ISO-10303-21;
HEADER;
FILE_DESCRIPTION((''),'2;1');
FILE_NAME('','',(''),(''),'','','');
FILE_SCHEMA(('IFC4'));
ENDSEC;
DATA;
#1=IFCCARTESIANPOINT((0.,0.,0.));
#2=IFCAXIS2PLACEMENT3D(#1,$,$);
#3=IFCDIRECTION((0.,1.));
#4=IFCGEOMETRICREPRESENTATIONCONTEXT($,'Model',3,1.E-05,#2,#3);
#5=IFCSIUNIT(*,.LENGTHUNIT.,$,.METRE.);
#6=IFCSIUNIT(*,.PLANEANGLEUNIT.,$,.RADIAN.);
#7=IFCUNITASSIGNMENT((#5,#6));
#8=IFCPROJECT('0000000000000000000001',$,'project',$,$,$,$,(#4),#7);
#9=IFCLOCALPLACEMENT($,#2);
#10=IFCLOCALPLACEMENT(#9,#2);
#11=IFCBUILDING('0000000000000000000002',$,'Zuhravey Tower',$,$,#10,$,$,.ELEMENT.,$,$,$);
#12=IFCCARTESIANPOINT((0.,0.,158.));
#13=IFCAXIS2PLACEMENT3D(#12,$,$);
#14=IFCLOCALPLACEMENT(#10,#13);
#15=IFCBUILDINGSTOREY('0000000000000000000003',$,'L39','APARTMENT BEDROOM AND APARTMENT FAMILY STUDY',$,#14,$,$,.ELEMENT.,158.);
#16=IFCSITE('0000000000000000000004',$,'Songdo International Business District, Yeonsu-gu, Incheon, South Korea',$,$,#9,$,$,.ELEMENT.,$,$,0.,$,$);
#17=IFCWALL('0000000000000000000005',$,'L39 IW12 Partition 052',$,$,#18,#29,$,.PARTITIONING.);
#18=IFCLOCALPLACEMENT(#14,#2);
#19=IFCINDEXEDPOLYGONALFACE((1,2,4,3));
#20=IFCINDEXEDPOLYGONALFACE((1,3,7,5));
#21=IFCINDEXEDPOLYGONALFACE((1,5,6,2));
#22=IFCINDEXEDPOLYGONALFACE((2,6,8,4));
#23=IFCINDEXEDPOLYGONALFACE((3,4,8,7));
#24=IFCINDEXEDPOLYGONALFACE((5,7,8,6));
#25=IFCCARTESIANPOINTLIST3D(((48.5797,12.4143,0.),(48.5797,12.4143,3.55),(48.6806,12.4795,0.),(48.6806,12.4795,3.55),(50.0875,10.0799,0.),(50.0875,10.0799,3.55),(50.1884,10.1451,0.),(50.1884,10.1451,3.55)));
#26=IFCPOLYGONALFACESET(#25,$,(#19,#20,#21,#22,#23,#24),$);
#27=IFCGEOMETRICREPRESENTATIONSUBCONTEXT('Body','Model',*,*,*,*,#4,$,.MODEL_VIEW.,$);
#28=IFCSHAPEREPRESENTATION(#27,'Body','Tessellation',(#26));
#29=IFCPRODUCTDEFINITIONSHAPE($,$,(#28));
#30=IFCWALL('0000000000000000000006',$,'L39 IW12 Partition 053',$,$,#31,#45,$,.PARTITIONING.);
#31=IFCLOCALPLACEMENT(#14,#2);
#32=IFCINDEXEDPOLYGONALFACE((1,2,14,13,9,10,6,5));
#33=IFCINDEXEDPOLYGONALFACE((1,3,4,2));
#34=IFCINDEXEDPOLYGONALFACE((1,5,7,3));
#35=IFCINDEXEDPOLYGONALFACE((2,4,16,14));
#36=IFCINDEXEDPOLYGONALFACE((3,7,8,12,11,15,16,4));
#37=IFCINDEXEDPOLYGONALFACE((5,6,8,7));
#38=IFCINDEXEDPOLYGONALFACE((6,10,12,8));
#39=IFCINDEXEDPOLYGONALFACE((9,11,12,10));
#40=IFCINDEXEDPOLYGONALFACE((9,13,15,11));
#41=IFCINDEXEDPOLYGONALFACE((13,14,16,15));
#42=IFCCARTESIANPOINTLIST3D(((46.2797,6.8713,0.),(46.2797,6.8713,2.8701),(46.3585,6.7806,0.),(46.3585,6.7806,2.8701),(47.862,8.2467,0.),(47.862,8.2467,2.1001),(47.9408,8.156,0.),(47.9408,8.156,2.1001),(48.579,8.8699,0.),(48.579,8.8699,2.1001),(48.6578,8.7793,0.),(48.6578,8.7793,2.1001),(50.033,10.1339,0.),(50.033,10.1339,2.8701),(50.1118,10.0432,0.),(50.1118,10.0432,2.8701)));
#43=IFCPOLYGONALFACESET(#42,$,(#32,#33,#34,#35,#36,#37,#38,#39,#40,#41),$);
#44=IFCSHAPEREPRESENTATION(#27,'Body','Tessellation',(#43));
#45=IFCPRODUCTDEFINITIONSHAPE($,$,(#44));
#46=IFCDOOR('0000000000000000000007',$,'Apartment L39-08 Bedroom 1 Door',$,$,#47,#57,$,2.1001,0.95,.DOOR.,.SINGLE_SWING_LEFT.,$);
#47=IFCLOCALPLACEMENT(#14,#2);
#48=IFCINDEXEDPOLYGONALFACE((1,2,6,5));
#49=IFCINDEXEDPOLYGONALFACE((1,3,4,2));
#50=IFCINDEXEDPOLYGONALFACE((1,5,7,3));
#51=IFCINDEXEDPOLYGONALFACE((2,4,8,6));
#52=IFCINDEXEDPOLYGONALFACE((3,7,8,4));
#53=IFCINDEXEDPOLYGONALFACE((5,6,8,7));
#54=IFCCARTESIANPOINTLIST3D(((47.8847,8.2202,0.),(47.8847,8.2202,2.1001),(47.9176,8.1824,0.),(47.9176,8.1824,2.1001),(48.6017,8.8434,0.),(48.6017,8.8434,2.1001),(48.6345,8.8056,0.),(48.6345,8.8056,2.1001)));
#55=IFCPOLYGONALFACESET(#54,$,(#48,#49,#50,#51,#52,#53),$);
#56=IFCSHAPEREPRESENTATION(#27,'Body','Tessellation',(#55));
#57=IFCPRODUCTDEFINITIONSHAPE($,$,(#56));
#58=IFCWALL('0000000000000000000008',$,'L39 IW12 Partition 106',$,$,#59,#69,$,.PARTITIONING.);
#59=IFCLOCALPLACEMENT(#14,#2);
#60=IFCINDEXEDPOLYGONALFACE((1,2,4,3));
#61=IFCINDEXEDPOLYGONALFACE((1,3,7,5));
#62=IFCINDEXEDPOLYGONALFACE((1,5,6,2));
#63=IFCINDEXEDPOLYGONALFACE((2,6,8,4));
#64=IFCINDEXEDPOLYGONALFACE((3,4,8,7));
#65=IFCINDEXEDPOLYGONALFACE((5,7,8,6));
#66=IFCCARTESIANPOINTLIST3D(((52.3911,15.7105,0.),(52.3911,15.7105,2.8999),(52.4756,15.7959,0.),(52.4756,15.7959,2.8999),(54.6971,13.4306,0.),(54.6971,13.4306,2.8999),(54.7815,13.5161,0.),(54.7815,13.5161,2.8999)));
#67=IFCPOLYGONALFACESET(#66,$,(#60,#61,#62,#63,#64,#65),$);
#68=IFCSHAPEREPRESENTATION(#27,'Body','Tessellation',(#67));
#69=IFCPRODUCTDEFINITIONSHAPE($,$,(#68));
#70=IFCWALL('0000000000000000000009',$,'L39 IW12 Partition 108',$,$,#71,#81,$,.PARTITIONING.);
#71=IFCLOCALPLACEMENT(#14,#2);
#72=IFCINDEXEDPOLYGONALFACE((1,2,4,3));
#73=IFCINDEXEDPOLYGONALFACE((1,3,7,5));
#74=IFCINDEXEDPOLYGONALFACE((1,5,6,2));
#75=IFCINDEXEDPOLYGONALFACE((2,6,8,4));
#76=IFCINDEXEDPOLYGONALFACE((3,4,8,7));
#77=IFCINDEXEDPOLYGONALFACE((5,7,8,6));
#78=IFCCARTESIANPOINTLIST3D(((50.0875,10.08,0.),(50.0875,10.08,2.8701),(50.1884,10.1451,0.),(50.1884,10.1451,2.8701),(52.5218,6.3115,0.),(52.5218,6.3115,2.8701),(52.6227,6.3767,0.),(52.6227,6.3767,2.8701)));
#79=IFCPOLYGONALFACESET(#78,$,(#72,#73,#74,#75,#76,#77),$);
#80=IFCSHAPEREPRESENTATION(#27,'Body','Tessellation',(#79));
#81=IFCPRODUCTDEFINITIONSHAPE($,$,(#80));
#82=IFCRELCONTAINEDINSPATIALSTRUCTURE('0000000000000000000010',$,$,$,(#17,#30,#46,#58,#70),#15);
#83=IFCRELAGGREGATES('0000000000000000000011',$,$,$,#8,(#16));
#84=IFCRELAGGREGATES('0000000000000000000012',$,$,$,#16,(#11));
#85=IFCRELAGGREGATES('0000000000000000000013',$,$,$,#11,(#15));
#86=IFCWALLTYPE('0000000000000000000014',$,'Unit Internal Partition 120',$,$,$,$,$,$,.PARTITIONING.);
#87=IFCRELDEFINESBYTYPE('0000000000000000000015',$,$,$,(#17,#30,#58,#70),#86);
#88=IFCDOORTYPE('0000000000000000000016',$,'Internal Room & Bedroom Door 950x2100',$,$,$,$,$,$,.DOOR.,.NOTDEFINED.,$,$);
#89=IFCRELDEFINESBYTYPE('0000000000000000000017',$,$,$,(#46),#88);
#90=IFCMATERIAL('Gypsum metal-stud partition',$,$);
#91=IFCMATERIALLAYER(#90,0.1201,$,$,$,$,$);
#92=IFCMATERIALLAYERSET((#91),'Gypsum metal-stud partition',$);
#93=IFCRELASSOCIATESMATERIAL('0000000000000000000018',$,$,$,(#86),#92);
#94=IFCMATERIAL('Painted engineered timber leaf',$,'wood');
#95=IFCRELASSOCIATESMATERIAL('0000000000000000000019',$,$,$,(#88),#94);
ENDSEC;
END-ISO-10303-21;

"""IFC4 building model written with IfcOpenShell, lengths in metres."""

from ifc_helpers import new_model, si_unit, direction, frame, frame_2d, origin, place, context, subcontext, project, spatial, rectangle, extrude, material, layer, layer_set, type_object, element, fill, save


model = new_model("IFC4")

# Units and contexts
model_context = context("Model", 3, precision=1e-05, world=origin(), true_north=direction((0.0, 1.0)))
body_context = subcontext(model_context, "Body", "Model", "MODEL_VIEW")
ifc_project = project(units=[si_unit("LENGTHUNIT", "METRE"), si_unit("PLANEANGLEUNIT", "RADIAN")], contexts=[model_context])

# Site, building, storey
site_placement = place(None, origin())
site = spatial("IfcSite", under=ifc_project, at=site_placement, Name="Songdo International Business District, Yeonsu-gu, Incheon, South Korea", CompositionType="ELEMENT", RefElevation=0.0)
building_placement = place(site_placement, origin())
building = spatial("IfcBuilding", under=site, at=building_placement, Name="Zuhravey Tower", CompositionType="ELEMENT")
storey_placement = place(building_placement, frame((0.0, 0.0, 158.0)))
storey = spatial("IfcBuildingStorey", under=building, at=storey_placement, Name="L39", Description="APARTMENT BEDROOM AND APARTMENT FAMILY STUDY", CompositionType="ELEMENT", Elevation=158.0)

# Shared definitions
ifc_material_1 = material(Name="Gypsum metal-stud partition")
ifc_layer_1 = layer(ifc_material_1, 0.1201)
ifc_layer_set_1 = layer_set([ifc_layer_1], Name="Gypsum metal-stud partition")
wall_type_1 = type_object("IfcWallType", Name="Unit Internal Partition 120", PredefinedType="PARTITIONING", material=ifc_layer_set_1)
ifc_material_2 = material(Name="Painted engineered timber leaf", Category="wood")
door_type = type_object("IfcDoorType", Name="Internal Room & Bedroom Door 950x2100", OperationType="NOTDEFINED", PredefinedType="DOOR", material=ifc_material_2)

# Wall
wall_1_placement = place(storey_placement, frame((48.6301, 12.447, 0.0), z_axis=(0.0, 0.0, 1.0), x_axis=(0.542559, -0.840018, 0.0)))
element("IfcWall", 1, at=wall_1_placement, inside=storey, type_object=wall_type_1, Name="L39 IW12 Partition 052", PredefinedType="PARTITIONING", context=body_context, shape_type="SweptSolid", body=[
    extrude(rectangle(XDim=2.7791, YDim=0.1201, at=frame_2d((1.3896, 0.0))), origin(), (0.0, 0.0, 1.0), 3.55),
])

# Wall, opening, door
wall_2_placement = place(storey_placement, frame((46.3191, 6.8259, 0.0), z_axis=(0.0, 0.0, 1.0), x_axis=(0.75472, 0.656047, 0.0)))
wall_2 = element("IfcWall", 2, at=wall_2_placement, inside=storey, type_object=wall_type_1, Name="L39 IW12 Partition 053", PredefinedType="PARTITIONING", context=body_context, shape_type="SweptSolid", body=[
    extrude(rectangle(XDim=4.9731, YDim=0.1201, at=frame_2d((2.4866, 0.0))), origin(), (0.0, 0.0, 1.0), 2.8701),
])
opening_1_placement = place(wall_2_placement, frame((2.0964, 0.0, 0.0)))
opening_1 = element("IfcOpeningElement", 3, at=opening_1_placement, cuts=wall_2, PredefinedType="OPENING", context=body_context, shape_type="SweptSolid", body=[
    extrude(rectangle(XDim=0.95, YDim=2.1001, at=frame_2d((0.4751, 1.05))), frame((0.0, 0.072, 0.0), z_axis=(0.0, -1.0, 0.0), x_axis=(1.0, 0.0, 0.0)), (0.0, 0.0, 1.0), 0.144),
])
door_1_placement = place(opening_1_placement, frame((0.95, 0.0, 0.0), z_axis=(0.0, 0.0, 1.0), x_axis=(-1.0, 0.0, 0.0)))
door_1 = element("IfcDoor", 4, at=door_1_placement, inside=storey, type_object=door_type, Name="Apartment L39-08 Bedroom 1 Door", OperationType="SINGLE_SWING_LEFT", OverallHeight=2.1001, OverallWidth=0.95, PredefinedType="DOOR", context=body_context, shape_type="SweptSolid", body=[
    extrude(rectangle(XDim=0.95, YDim=2.1001, at=frame_2d((0.4751, 1.05))), frame((0.0, 0.0249, 0.0), z_axis=(0.0, -1.0, 0.0), x_axis=(1.0, 0.0, 0.0)), (0.0, 0.0, 1.0), 0.05),
])
fill(opening_1, door_1)

# Walls
wall_3_placement = place(storey_placement, frame((52.4333, 15.7532, 0.0), z_axis=(0.0, 0.0, 1.0), x_axis=(0.711123, -0.703067, 0.0)))
element("IfcWall", 5, at=wall_3_placement, inside=storey, type_object=wall_type_1, Name="L39 IW12 Partition 106", PredefinedType="PARTITIONING", context=body_context, shape_type="SweptSolid", body=[
    extrude(rectangle(XDim=3.2427, YDim=0.1201, at=frame_2d((1.6213, 0.0))), origin(), (0.0, 0.0, 1.0), 2.8999),
])
wall_4_placement = place(storey_placement, frame((50.1379, 10.1125, 0.0), z_axis=(0.0, 0.0, 1.0), x_axis=(0.542599, -0.839992, 0.0)))
element("IfcWall", 6, at=wall_4_placement, inside=storey, type_object=wall_type_1, Name="L39 IW12 Partition 108", PredefinedType="PARTITIONING", context=body_context, shape_type="SweptSolid", body=[
    extrude(rectangle(XDim=4.4863, YDim=0.1201, at=frame_2d((2.2432, 0.0))), origin(), (0.0, 0.0, 1.0), 2.8701),
])

save(model, "model.ifc")
